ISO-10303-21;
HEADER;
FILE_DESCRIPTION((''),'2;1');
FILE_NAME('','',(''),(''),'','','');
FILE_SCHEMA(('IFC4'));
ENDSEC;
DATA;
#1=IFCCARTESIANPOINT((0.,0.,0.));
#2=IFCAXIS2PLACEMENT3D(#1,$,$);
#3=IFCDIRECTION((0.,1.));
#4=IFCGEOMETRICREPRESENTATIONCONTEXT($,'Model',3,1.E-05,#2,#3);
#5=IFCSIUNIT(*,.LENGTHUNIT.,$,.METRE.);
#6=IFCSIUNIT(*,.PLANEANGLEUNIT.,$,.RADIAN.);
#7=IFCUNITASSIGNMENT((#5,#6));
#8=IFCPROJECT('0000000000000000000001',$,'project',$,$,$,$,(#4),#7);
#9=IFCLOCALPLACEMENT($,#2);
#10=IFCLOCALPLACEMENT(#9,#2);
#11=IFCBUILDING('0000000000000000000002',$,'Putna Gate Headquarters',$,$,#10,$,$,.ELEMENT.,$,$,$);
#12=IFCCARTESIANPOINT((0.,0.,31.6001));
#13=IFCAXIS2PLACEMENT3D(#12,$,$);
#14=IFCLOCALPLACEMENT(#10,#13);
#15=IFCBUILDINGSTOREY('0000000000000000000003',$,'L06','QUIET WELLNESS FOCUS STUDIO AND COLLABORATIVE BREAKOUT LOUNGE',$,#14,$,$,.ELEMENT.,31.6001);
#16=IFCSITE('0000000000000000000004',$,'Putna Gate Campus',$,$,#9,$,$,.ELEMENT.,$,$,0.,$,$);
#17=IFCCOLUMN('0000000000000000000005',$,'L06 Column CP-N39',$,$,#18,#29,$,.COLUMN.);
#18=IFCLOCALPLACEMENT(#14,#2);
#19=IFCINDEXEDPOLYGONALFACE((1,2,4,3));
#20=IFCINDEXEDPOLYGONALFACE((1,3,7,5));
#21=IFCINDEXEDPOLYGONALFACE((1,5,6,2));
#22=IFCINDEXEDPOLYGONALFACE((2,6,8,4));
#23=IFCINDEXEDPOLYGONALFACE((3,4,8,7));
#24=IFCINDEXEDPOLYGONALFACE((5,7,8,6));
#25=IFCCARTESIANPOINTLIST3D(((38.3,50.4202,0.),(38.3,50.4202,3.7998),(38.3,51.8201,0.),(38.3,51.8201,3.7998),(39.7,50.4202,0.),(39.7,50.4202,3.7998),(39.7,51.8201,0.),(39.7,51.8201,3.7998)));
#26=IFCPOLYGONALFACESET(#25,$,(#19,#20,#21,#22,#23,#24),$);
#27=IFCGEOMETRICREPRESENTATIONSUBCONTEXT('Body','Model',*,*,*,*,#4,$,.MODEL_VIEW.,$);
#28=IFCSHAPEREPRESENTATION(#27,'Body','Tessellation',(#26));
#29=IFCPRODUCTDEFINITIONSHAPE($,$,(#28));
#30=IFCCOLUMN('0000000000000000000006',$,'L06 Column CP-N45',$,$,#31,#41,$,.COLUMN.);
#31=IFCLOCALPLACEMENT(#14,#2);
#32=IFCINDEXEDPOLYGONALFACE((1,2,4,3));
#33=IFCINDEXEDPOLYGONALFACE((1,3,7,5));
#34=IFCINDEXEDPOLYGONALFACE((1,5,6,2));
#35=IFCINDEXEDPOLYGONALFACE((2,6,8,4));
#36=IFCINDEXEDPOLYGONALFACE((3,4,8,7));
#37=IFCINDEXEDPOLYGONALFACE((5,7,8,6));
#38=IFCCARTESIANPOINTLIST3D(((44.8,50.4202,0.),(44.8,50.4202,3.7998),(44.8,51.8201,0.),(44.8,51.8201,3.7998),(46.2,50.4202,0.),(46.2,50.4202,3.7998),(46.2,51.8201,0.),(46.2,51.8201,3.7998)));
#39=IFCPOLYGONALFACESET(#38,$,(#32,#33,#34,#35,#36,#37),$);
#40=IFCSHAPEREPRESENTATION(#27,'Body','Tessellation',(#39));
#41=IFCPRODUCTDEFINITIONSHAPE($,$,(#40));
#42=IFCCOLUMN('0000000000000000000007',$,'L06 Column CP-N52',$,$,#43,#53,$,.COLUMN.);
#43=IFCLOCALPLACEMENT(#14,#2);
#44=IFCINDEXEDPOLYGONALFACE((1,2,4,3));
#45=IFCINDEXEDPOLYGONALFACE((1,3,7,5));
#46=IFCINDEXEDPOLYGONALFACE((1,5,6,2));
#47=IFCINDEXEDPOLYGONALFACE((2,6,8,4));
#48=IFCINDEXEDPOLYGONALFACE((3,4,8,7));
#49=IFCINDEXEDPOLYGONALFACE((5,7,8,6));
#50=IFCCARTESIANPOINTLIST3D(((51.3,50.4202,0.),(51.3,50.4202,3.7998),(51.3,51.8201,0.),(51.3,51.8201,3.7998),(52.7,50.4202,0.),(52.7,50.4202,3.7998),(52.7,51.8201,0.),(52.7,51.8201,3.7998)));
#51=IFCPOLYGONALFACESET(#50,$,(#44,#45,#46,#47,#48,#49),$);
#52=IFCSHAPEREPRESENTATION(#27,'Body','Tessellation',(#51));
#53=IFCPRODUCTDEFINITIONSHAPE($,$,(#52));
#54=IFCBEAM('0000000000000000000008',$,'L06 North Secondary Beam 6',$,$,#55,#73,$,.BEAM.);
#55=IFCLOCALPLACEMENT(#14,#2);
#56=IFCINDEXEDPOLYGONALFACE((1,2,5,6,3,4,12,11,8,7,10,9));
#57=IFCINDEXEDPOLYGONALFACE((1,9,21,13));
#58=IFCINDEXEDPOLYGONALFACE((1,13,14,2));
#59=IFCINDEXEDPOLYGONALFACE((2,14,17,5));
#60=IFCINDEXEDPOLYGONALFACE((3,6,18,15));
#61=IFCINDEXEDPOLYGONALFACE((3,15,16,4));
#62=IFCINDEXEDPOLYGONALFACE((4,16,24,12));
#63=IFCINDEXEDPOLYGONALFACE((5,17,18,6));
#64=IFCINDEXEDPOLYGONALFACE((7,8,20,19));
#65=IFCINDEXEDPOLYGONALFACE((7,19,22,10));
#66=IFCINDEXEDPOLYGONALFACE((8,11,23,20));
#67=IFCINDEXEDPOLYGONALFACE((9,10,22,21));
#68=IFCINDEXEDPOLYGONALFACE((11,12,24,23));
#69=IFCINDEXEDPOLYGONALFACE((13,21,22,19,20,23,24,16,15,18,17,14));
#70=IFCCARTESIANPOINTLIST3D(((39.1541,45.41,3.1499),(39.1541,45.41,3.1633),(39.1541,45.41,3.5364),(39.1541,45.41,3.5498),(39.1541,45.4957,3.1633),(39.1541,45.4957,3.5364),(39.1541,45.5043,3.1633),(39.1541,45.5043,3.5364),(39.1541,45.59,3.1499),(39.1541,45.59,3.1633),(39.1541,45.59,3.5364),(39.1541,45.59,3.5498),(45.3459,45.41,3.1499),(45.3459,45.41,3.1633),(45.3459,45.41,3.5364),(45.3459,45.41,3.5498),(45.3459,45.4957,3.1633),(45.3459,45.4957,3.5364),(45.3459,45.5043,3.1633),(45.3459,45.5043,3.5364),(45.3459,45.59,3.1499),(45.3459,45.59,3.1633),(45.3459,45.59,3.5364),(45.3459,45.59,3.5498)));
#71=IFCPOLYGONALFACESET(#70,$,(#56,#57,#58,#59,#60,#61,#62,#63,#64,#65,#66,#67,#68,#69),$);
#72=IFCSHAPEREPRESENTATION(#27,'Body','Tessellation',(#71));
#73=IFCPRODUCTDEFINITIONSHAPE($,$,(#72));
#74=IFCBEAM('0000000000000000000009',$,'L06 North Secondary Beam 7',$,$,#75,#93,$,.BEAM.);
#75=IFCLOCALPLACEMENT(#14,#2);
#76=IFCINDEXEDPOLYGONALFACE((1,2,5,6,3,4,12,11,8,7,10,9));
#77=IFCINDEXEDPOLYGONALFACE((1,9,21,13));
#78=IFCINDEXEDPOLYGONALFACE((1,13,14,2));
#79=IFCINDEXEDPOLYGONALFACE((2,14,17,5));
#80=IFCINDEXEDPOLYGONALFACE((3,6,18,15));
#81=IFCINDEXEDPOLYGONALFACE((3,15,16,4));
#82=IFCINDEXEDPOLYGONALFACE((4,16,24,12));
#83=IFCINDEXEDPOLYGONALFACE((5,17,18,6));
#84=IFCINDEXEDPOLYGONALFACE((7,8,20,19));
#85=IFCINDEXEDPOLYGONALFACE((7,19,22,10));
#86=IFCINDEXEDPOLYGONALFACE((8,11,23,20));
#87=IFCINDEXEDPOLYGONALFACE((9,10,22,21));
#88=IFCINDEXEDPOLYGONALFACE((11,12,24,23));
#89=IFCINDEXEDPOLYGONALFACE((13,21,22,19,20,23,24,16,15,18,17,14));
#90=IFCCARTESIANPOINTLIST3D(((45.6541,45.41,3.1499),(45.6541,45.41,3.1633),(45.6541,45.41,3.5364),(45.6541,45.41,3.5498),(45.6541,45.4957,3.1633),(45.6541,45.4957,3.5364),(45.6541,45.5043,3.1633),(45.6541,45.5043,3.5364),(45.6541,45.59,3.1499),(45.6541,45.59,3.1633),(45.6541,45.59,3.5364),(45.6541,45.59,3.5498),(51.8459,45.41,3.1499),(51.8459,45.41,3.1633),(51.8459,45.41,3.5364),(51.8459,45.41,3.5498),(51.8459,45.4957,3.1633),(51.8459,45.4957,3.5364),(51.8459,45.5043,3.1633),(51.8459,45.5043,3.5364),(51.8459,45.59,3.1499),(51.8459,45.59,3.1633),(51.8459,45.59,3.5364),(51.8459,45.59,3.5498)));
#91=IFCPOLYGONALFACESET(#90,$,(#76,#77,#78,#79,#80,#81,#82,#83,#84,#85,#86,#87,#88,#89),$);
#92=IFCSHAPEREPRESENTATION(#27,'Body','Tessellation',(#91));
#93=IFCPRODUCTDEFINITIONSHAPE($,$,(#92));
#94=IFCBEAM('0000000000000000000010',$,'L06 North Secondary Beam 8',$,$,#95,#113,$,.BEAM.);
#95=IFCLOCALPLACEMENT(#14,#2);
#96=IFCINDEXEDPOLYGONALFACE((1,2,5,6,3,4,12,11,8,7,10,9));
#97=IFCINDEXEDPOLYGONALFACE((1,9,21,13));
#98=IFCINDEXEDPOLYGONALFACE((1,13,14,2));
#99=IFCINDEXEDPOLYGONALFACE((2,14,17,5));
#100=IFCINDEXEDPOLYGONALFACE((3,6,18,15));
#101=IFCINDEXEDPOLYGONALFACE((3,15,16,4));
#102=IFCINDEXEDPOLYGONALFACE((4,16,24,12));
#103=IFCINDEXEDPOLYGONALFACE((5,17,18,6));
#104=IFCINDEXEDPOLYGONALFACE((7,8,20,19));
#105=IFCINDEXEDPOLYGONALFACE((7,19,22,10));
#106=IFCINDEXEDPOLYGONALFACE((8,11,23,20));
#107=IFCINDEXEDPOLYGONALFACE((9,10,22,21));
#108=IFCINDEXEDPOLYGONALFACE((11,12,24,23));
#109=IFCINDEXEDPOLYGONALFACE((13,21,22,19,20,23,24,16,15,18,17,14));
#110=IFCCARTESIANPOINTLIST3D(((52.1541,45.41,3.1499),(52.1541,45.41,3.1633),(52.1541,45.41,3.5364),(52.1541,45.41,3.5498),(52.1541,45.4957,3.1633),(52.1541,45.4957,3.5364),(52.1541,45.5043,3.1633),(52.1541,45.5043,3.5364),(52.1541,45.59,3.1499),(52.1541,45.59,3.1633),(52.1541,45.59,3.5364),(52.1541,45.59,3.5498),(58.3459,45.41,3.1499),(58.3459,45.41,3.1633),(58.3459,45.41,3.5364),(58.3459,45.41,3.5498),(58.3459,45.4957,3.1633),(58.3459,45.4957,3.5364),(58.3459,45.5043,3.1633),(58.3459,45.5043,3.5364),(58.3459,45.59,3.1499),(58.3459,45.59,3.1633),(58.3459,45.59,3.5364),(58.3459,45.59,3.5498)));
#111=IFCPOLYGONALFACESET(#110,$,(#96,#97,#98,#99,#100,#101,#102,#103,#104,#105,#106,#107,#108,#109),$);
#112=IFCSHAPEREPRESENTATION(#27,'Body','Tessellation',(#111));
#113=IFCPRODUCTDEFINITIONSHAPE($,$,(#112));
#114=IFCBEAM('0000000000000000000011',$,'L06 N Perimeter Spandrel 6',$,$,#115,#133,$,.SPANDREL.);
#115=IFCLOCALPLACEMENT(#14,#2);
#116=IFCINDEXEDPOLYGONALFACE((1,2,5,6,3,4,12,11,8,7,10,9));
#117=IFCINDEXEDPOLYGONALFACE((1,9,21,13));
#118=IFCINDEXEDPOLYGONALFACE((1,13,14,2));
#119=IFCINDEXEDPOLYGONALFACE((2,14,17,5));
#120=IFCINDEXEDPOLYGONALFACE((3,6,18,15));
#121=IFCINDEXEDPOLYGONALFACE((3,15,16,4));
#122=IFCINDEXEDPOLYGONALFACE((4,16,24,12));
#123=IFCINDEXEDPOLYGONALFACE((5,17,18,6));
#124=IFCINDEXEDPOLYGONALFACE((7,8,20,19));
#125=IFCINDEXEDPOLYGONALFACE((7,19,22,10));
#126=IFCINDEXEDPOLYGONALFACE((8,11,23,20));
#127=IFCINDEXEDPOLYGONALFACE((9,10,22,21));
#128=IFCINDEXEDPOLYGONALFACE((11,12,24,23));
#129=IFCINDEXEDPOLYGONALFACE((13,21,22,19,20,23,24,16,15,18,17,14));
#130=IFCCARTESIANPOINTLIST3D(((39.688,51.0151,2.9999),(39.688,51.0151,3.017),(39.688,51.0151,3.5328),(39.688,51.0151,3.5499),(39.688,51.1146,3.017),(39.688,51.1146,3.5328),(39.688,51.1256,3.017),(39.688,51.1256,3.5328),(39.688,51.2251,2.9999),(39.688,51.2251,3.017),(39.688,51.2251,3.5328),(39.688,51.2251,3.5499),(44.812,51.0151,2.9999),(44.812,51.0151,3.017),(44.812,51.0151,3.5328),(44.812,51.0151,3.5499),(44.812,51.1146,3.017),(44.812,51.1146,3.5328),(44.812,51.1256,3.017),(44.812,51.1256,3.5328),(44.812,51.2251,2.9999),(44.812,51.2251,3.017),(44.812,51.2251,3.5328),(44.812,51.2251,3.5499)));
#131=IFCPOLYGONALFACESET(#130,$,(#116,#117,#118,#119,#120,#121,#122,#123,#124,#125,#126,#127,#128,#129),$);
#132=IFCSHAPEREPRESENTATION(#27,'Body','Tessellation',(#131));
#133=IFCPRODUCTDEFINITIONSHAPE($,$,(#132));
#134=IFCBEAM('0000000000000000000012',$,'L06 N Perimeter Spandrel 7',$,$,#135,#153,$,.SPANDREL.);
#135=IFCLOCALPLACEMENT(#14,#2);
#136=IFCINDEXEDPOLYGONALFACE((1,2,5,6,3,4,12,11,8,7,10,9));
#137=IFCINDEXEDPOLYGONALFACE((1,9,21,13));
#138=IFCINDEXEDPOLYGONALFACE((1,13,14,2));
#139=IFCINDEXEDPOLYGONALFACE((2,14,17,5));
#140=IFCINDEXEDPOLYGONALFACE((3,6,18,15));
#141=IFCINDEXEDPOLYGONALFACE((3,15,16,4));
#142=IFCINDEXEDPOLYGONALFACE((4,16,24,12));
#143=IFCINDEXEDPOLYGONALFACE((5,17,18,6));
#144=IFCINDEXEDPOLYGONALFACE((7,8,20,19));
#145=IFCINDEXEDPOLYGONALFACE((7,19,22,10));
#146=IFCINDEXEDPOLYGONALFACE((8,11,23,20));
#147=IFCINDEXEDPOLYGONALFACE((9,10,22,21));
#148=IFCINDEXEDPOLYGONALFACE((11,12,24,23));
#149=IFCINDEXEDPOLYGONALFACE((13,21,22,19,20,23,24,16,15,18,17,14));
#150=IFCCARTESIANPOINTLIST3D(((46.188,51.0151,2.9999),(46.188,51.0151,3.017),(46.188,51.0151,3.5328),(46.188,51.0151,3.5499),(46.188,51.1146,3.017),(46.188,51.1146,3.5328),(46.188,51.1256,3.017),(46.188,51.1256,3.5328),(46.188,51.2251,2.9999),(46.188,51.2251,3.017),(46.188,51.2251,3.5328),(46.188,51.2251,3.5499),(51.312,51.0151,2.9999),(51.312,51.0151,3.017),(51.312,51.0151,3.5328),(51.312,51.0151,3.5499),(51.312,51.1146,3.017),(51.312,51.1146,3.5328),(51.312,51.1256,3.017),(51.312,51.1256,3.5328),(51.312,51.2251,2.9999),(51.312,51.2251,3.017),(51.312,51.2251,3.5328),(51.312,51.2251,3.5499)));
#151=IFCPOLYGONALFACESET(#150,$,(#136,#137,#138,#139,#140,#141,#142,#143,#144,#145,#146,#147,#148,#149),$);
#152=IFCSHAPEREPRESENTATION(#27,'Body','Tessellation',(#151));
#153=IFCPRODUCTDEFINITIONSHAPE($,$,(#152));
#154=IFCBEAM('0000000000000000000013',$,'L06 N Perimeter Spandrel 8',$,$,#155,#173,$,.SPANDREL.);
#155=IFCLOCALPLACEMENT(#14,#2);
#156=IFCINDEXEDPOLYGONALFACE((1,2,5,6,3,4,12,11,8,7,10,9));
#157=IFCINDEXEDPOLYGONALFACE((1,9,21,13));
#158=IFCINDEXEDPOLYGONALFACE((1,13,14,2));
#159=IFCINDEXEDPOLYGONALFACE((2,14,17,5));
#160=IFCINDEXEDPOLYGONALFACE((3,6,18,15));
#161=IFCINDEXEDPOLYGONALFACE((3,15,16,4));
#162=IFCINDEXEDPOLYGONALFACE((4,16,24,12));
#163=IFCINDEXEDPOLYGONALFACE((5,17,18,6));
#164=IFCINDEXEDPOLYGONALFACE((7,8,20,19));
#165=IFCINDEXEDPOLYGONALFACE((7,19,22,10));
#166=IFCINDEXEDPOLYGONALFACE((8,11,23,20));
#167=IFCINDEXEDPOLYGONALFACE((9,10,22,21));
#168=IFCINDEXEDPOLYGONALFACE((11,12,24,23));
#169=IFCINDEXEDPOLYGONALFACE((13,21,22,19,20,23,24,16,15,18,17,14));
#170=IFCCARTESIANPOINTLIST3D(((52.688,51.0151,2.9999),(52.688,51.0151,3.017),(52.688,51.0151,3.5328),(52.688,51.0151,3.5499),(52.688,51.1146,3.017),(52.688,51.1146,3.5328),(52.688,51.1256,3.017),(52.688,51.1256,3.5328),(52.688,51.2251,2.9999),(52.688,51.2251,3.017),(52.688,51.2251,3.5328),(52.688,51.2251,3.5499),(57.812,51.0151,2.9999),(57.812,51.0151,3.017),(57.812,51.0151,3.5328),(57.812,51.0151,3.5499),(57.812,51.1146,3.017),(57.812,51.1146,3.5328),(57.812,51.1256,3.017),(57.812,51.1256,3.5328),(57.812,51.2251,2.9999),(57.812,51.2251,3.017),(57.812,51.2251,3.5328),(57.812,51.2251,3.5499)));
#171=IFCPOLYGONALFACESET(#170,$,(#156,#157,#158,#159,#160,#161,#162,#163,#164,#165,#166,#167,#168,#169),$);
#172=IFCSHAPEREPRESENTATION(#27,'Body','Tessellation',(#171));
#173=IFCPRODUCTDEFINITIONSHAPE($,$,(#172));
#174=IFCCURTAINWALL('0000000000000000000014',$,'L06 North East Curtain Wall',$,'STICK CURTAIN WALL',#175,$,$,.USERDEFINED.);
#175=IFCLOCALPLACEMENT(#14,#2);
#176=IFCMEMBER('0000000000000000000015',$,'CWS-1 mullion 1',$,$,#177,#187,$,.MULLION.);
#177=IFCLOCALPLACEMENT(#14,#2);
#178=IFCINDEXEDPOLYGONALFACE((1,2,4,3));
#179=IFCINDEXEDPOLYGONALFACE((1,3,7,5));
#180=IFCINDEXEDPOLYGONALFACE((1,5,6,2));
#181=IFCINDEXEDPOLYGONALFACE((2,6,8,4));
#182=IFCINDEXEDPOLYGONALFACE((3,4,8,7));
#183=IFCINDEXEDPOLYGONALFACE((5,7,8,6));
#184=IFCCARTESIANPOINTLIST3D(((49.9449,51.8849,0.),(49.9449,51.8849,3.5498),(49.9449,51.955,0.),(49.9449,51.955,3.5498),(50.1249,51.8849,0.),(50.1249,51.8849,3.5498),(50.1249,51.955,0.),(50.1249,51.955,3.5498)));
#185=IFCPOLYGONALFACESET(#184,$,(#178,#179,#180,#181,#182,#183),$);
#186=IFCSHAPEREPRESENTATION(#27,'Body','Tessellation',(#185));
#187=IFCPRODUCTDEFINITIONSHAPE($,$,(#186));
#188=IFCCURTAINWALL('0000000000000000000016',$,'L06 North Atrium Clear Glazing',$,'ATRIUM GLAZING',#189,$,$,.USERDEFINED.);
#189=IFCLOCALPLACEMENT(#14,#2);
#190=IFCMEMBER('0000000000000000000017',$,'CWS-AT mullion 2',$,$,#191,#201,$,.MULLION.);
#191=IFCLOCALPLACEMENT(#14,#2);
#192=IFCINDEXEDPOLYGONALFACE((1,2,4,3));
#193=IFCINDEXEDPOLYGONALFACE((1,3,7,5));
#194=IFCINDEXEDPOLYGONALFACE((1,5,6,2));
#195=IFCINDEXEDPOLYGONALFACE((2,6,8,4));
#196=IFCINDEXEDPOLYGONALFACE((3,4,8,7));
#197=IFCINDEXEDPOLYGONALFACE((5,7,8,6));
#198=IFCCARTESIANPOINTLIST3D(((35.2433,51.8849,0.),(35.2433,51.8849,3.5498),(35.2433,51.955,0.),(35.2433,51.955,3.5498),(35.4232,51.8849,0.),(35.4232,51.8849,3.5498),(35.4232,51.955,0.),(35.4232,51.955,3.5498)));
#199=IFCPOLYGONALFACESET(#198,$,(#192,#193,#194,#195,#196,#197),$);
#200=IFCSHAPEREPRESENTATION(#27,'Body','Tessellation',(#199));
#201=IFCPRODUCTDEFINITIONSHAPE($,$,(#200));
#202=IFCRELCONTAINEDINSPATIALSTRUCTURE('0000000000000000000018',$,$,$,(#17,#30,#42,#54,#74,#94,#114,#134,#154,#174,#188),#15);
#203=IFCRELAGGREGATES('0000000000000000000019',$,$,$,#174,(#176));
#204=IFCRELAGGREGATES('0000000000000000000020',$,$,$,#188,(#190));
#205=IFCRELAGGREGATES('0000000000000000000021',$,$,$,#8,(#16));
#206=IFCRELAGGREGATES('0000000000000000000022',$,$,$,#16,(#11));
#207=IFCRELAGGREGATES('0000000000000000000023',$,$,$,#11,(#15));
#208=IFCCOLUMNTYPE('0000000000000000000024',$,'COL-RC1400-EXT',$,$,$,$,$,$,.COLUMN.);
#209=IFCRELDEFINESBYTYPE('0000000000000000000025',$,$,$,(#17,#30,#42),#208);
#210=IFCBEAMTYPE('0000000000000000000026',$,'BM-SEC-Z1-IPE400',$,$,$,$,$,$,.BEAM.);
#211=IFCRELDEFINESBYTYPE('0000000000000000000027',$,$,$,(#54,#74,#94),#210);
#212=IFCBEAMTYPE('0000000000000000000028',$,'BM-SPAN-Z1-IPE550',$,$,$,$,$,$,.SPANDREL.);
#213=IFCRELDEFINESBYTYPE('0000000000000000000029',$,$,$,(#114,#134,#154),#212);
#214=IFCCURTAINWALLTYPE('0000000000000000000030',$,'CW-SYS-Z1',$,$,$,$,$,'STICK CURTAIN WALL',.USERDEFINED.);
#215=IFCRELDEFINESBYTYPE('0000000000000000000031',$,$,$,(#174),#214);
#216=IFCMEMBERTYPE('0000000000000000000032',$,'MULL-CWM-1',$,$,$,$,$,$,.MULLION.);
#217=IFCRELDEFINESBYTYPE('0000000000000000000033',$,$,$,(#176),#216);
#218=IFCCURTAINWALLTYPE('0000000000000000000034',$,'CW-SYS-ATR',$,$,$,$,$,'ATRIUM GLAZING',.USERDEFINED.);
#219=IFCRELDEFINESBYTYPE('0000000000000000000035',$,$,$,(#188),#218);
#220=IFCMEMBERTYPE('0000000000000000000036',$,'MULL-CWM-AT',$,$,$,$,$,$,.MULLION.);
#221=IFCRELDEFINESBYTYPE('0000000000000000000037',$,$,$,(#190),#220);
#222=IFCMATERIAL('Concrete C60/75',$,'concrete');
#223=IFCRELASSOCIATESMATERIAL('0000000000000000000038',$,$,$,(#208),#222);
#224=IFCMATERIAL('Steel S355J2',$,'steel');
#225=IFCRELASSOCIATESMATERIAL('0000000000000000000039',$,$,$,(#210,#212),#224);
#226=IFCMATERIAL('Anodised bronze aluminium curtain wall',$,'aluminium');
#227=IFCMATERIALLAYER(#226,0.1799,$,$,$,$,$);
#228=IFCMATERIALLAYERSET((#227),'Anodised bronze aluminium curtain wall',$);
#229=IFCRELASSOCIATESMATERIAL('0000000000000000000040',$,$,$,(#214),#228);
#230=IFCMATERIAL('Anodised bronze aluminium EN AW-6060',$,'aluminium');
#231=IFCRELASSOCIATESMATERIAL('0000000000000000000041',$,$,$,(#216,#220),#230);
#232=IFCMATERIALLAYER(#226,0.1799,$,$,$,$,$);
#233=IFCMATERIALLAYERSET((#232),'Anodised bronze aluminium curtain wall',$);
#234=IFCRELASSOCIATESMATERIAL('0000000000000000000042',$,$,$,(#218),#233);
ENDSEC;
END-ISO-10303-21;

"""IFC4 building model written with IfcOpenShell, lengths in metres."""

from ifc_helpers import new_model, si_unit, direction, frame, origin, origin_2d, place, context, subcontext, project, spatial, rectangle, i_section, extrude, material, layer, layer_set, material_profile, profile_set, type_object, element, aggregate, save


model = new_model("IFC4")

# Units and contexts
model_context = context("Model", 3, precision=1e-05, world=origin(), true_north=direction((0.0, 1.0)))
body_context = subcontext(model_context, "Body", "Model", "MODEL_VIEW")
ifc_project = project(units=[si_unit("LENGTHUNIT", "METRE"), si_unit("PLANEANGLEUNIT", "RADIAN")], contexts=[model_context])

# Site, building, storey
site_placement = place(None, origin())
site = spatial("IfcSite", under=ifc_project, at=site_placement, Name="Putna Gate Campus", CompositionType="ELEMENT", RefElevation=0.0)
building_placement = place(site_placement, origin())
building = spatial("IfcBuilding", under=site, at=building_placement, Name="Putna Gate Headquarters", CompositionType="ELEMENT")
storey_placement = place(building_placement, frame((0.0, 0.0, 31.6001)))
storey = spatial("IfcBuildingStorey", under=building, at=storey_placement, Name="L06", Description="QUIET WELLNESS FOCUS STUDIO AND COLLABORATIVE BREAKOUT LOUNGE", CompositionType="ELEMENT", Elevation=31.6001)

# Columns
ifc_material_1 = material(Name="Concrete C60/75", Category="concrete")
ifc_material_profile_1 = material_profile(ifc_material_1, rectangle(XDim=1.3999, YDim=1.3999, at=origin_2d()), Name="Concrete C60/75")
ifc_profile_set_1 = profile_set([ifc_material_profile_1], Name="Concrete C60/75")
column_type = type_object("IfcColumnType", Name="COL-RC1400-EXT", PredefinedType="COLUMN", material=ifc_profile_set_1)
for number, where, z_axis, x_axis, name in (
    (1, (39.0, 51.1201, 0.0), (0.0, 0.0, 1.0), (1.0, 0.0, 0.0), "L06 Column CP-N39"),
    (2, (45.5, 51.1201, 0.0), (0.0, 0.0, 1.0), (1.0, 0.0, 0.0), "L06 Column CP-N45"),
    (3, (52.0, 51.1201, 0.0), (0.0, 0.0, 1.0), (1.0, 0.0, 0.0), "L06 Column CP-N52"),
):
    element("IfcColumn", number, at=place(storey_placement, frame(where, z_axis=z_axis, x_axis=x_axis)), inside=storey, type_object=column_type, Name=name, PredefinedType="COLUMN", context=body_context, shape_type="SweptSolid", body=[
        extrude(rectangle(XDim=1.3999, YDim=1.3999, at=origin_2d()), origin(), (0.0, 0.0, 1.0), 3.7998),
    ])

# Beams
ifc_material_2 = material(Name="Steel S355J2", Category="steel")
ifc_material_profile_2 = material_profile(ifc_material_2, i_section(OverallWidth=0.1799, OverallDepth=0.3999, WebThickness=0.0085, FlangeThickness=0.0134, at=origin_2d()), Name="Steel S355J2")
ifc_profile_set_2 = profile_set([ifc_material_profile_2], Name="Steel S355J2")
beam_type_1 = type_object("IfcBeamType", Name="BM-SEC-Z1-IPE400", PredefinedType="BEAM", material=ifc_profile_set_2)
for number, where, z_axis, x_axis, name in (
    (4, (39.1541, 45.5, 3.3499), (1.0, 0.0, 0.0), (0.0, 1.0, 0.0), "L06 North Secondary Beam 6"),
    (5, (45.6541, 45.5, 3.3499), (1.0, 0.0, 0.0), (0.0, 1.0, 0.0), "L06 North Secondary Beam 7"),
    (6, (52.1541, 45.5, 3.3499), (1.0, 0.0, 0.0), (0.0, 1.0, 0.0), "L06 North Secondary Beam 8"),
):
    element("IfcBeam", number, at=place(storey_placement, frame(where, z_axis=z_axis, x_axis=x_axis)), inside=storey, type_object=beam_type_1, Name=name, PredefinedType="BEAM", context=body_context, shape_type="SweptSolid", body=[
        extrude(i_section(OverallWidth=0.1799, OverallDepth=0.3999, WebThickness=0.0085, FlangeThickness=0.0134, at=origin_2d()), origin(), (0.0, 0.0, 1.0), 6.1919),
    ])
ifc_material_profile_3 = material_profile(ifc_material_2, i_section(OverallWidth=0.21, OverallDepth=0.55, WebThickness=0.011, FlangeThickness=0.0171, at=origin_2d()), Name="Steel S355J2")
ifc_profile_set_3 = profile_set([ifc_material_profile_3], Name="Steel S355J2")
beam_type_2 = type_object("IfcBeamType", Name="BM-SPAN-Z1-IPE550", PredefinedType="SPANDREL", material=ifc_profile_set_3)
for number, where, z_axis, x_axis, name in (
    (7, (39.688, 51.1201, 3.2749), (1.0, 0.0, 0.0), (0.0, 1.0, 0.0), "L06 N Perimeter Spandrel 6"),
    (8, (46.188, 51.1201, 3.2749), (1.0, 0.0, 0.0), (0.0, 1.0, 0.0), "L06 N Perimeter Spandrel 7"),
    (9, (52.688, 51.1201, 3.2749), (1.0, 0.0, 0.0), (0.0, 1.0, 0.0), "L06 N Perimeter Spandrel 8"),
):
    element("IfcBeam", number, at=place(storey_placement, frame(where, z_axis=z_axis, x_axis=x_axis)), inside=storey, type_object=beam_type_2, Name=name, PredefinedType="SPANDREL", context=body_context, shape_type="SweptSolid", body=[
        extrude(i_section(OverallWidth=0.21, OverallDepth=0.55, WebThickness=0.011, FlangeThickness=0.0171, at=origin_2d()), origin(), (0.0, 0.0, 1.0), 5.124),
    ])

# Curtain wall, member
ifc_material_3 = material(Name="Anodised bronze aluminium curtain wall", Category="aluminium")
ifc_layer_1 = layer(ifc_material_3, 0.1799)
ifc_layer_set_1 = layer_set([ifc_layer_1], Name="Anodised bronze aluminium curtain wall")
curtain_wall_type_1 = type_object("IfcCurtainWallType", Name="CW-SYS-Z1", ElementType="STICK CURTAIN WALL", PredefinedType="USERDEFINED", material=ifc_layer_set_1)
curtain_wall_1_placement = place(storey_placement, origin())
curtain_wall_1 = element("IfcCurtainWall", 10, at=curtain_wall_1_placement, inside=storey, type_object=curtain_wall_type_1, Name="L06 North East Curtain Wall", ObjectType="STICK CURTAIN WALL", PredefinedType="USERDEFINED")
ifc_material_4 = material(Name="Anodised bronze aluminium EN AW-6060", Category="aluminium")
ifc_material_profile_4 = material_profile(ifc_material_4, rectangle(XDim=0.0701, YDim=0.1799, at=origin_2d()), Name="Anodised bronze aluminium EN AW-6060")
ifc_profile_set_4 = profile_set([ifc_material_profile_4], Name="Anodised bronze aluminium EN AW-6060")
member_type_1 = type_object("IfcMemberType", Name="MULL-CWM-1", PredefinedType="MULLION", material=ifc_profile_set_4)
member_1_placement = place(storey_placement, frame((50.0349, 51.9199, 0.0), z_axis=(0.0, 0.0, 1.0), x_axis=(0.0, 1.0, 0.0)))
member_1 = element("IfcMember", 11, at=member_1_placement, type_object=member_type_1, Name="CWS-1 mullion 1", PredefinedType="MULLION", context=body_context, shape_type="SweptSolid", body=[
    extrude(rectangle(XDim=0.0701, YDim=0.1799, at=origin_2d()), origin(), (0.0, 0.0, 1.0), 3.5498),
])

# Curtain wall, member
ifc_layer_2 = layer(ifc_material_3, 0.1799)
ifc_layer_set_2 = layer_set([ifc_layer_2], Name="Anodised bronze aluminium curtain wall")
curtain_wall_type_2 = type_object("IfcCurtainWallType", Name="CW-SYS-ATR", ElementType="ATRIUM GLAZING", PredefinedType="USERDEFINED", material=ifc_layer_set_2)
curtain_wall_2_placement = place(storey_placement, origin())
curtain_wall_2 = element("IfcCurtainWall", 12, at=curtain_wall_2_placement, inside=storey, type_object=curtain_wall_type_2, Name="L06 North Atrium Clear Glazing", ObjectType="ATRIUM GLAZING", PredefinedType="USERDEFINED")
ifc_material_profile_5 = material_profile(ifc_material_4, rectangle(XDim=0.0701, YDim=0.1799, at=origin_2d()), Name="Anodised bronze aluminium EN AW-6060")
ifc_profile_set_5 = profile_set([ifc_material_profile_5], Name="Anodised bronze aluminium EN AW-6060")
member_type_2 = type_object("IfcMemberType", Name="MULL-CWM-AT", PredefinedType="MULLION", material=ifc_profile_set_5)
member_2_placement = place(storey_placement, frame((35.3333, 51.9199, 0.0), z_axis=(0.0, 0.0, 1.0), x_axis=(0.0, 1.0, 0.0)))
member_2 = element("IfcMember", 13, at=member_2_placement, type_object=member_type_2, Name="CWS-AT mullion 2", PredefinedType="MULLION", context=body_context, shape_type="SweptSolid", body=[
    extrude(rectangle(XDim=0.0701, YDim=0.1799, at=origin_2d()), origin(), (0.0, 0.0, 1.0), 3.5498),
])

aggregate(curtain_wall_1, [member_1])
aggregate(curtain_wall_2, [member_2])

save(model, "model.ifc")
